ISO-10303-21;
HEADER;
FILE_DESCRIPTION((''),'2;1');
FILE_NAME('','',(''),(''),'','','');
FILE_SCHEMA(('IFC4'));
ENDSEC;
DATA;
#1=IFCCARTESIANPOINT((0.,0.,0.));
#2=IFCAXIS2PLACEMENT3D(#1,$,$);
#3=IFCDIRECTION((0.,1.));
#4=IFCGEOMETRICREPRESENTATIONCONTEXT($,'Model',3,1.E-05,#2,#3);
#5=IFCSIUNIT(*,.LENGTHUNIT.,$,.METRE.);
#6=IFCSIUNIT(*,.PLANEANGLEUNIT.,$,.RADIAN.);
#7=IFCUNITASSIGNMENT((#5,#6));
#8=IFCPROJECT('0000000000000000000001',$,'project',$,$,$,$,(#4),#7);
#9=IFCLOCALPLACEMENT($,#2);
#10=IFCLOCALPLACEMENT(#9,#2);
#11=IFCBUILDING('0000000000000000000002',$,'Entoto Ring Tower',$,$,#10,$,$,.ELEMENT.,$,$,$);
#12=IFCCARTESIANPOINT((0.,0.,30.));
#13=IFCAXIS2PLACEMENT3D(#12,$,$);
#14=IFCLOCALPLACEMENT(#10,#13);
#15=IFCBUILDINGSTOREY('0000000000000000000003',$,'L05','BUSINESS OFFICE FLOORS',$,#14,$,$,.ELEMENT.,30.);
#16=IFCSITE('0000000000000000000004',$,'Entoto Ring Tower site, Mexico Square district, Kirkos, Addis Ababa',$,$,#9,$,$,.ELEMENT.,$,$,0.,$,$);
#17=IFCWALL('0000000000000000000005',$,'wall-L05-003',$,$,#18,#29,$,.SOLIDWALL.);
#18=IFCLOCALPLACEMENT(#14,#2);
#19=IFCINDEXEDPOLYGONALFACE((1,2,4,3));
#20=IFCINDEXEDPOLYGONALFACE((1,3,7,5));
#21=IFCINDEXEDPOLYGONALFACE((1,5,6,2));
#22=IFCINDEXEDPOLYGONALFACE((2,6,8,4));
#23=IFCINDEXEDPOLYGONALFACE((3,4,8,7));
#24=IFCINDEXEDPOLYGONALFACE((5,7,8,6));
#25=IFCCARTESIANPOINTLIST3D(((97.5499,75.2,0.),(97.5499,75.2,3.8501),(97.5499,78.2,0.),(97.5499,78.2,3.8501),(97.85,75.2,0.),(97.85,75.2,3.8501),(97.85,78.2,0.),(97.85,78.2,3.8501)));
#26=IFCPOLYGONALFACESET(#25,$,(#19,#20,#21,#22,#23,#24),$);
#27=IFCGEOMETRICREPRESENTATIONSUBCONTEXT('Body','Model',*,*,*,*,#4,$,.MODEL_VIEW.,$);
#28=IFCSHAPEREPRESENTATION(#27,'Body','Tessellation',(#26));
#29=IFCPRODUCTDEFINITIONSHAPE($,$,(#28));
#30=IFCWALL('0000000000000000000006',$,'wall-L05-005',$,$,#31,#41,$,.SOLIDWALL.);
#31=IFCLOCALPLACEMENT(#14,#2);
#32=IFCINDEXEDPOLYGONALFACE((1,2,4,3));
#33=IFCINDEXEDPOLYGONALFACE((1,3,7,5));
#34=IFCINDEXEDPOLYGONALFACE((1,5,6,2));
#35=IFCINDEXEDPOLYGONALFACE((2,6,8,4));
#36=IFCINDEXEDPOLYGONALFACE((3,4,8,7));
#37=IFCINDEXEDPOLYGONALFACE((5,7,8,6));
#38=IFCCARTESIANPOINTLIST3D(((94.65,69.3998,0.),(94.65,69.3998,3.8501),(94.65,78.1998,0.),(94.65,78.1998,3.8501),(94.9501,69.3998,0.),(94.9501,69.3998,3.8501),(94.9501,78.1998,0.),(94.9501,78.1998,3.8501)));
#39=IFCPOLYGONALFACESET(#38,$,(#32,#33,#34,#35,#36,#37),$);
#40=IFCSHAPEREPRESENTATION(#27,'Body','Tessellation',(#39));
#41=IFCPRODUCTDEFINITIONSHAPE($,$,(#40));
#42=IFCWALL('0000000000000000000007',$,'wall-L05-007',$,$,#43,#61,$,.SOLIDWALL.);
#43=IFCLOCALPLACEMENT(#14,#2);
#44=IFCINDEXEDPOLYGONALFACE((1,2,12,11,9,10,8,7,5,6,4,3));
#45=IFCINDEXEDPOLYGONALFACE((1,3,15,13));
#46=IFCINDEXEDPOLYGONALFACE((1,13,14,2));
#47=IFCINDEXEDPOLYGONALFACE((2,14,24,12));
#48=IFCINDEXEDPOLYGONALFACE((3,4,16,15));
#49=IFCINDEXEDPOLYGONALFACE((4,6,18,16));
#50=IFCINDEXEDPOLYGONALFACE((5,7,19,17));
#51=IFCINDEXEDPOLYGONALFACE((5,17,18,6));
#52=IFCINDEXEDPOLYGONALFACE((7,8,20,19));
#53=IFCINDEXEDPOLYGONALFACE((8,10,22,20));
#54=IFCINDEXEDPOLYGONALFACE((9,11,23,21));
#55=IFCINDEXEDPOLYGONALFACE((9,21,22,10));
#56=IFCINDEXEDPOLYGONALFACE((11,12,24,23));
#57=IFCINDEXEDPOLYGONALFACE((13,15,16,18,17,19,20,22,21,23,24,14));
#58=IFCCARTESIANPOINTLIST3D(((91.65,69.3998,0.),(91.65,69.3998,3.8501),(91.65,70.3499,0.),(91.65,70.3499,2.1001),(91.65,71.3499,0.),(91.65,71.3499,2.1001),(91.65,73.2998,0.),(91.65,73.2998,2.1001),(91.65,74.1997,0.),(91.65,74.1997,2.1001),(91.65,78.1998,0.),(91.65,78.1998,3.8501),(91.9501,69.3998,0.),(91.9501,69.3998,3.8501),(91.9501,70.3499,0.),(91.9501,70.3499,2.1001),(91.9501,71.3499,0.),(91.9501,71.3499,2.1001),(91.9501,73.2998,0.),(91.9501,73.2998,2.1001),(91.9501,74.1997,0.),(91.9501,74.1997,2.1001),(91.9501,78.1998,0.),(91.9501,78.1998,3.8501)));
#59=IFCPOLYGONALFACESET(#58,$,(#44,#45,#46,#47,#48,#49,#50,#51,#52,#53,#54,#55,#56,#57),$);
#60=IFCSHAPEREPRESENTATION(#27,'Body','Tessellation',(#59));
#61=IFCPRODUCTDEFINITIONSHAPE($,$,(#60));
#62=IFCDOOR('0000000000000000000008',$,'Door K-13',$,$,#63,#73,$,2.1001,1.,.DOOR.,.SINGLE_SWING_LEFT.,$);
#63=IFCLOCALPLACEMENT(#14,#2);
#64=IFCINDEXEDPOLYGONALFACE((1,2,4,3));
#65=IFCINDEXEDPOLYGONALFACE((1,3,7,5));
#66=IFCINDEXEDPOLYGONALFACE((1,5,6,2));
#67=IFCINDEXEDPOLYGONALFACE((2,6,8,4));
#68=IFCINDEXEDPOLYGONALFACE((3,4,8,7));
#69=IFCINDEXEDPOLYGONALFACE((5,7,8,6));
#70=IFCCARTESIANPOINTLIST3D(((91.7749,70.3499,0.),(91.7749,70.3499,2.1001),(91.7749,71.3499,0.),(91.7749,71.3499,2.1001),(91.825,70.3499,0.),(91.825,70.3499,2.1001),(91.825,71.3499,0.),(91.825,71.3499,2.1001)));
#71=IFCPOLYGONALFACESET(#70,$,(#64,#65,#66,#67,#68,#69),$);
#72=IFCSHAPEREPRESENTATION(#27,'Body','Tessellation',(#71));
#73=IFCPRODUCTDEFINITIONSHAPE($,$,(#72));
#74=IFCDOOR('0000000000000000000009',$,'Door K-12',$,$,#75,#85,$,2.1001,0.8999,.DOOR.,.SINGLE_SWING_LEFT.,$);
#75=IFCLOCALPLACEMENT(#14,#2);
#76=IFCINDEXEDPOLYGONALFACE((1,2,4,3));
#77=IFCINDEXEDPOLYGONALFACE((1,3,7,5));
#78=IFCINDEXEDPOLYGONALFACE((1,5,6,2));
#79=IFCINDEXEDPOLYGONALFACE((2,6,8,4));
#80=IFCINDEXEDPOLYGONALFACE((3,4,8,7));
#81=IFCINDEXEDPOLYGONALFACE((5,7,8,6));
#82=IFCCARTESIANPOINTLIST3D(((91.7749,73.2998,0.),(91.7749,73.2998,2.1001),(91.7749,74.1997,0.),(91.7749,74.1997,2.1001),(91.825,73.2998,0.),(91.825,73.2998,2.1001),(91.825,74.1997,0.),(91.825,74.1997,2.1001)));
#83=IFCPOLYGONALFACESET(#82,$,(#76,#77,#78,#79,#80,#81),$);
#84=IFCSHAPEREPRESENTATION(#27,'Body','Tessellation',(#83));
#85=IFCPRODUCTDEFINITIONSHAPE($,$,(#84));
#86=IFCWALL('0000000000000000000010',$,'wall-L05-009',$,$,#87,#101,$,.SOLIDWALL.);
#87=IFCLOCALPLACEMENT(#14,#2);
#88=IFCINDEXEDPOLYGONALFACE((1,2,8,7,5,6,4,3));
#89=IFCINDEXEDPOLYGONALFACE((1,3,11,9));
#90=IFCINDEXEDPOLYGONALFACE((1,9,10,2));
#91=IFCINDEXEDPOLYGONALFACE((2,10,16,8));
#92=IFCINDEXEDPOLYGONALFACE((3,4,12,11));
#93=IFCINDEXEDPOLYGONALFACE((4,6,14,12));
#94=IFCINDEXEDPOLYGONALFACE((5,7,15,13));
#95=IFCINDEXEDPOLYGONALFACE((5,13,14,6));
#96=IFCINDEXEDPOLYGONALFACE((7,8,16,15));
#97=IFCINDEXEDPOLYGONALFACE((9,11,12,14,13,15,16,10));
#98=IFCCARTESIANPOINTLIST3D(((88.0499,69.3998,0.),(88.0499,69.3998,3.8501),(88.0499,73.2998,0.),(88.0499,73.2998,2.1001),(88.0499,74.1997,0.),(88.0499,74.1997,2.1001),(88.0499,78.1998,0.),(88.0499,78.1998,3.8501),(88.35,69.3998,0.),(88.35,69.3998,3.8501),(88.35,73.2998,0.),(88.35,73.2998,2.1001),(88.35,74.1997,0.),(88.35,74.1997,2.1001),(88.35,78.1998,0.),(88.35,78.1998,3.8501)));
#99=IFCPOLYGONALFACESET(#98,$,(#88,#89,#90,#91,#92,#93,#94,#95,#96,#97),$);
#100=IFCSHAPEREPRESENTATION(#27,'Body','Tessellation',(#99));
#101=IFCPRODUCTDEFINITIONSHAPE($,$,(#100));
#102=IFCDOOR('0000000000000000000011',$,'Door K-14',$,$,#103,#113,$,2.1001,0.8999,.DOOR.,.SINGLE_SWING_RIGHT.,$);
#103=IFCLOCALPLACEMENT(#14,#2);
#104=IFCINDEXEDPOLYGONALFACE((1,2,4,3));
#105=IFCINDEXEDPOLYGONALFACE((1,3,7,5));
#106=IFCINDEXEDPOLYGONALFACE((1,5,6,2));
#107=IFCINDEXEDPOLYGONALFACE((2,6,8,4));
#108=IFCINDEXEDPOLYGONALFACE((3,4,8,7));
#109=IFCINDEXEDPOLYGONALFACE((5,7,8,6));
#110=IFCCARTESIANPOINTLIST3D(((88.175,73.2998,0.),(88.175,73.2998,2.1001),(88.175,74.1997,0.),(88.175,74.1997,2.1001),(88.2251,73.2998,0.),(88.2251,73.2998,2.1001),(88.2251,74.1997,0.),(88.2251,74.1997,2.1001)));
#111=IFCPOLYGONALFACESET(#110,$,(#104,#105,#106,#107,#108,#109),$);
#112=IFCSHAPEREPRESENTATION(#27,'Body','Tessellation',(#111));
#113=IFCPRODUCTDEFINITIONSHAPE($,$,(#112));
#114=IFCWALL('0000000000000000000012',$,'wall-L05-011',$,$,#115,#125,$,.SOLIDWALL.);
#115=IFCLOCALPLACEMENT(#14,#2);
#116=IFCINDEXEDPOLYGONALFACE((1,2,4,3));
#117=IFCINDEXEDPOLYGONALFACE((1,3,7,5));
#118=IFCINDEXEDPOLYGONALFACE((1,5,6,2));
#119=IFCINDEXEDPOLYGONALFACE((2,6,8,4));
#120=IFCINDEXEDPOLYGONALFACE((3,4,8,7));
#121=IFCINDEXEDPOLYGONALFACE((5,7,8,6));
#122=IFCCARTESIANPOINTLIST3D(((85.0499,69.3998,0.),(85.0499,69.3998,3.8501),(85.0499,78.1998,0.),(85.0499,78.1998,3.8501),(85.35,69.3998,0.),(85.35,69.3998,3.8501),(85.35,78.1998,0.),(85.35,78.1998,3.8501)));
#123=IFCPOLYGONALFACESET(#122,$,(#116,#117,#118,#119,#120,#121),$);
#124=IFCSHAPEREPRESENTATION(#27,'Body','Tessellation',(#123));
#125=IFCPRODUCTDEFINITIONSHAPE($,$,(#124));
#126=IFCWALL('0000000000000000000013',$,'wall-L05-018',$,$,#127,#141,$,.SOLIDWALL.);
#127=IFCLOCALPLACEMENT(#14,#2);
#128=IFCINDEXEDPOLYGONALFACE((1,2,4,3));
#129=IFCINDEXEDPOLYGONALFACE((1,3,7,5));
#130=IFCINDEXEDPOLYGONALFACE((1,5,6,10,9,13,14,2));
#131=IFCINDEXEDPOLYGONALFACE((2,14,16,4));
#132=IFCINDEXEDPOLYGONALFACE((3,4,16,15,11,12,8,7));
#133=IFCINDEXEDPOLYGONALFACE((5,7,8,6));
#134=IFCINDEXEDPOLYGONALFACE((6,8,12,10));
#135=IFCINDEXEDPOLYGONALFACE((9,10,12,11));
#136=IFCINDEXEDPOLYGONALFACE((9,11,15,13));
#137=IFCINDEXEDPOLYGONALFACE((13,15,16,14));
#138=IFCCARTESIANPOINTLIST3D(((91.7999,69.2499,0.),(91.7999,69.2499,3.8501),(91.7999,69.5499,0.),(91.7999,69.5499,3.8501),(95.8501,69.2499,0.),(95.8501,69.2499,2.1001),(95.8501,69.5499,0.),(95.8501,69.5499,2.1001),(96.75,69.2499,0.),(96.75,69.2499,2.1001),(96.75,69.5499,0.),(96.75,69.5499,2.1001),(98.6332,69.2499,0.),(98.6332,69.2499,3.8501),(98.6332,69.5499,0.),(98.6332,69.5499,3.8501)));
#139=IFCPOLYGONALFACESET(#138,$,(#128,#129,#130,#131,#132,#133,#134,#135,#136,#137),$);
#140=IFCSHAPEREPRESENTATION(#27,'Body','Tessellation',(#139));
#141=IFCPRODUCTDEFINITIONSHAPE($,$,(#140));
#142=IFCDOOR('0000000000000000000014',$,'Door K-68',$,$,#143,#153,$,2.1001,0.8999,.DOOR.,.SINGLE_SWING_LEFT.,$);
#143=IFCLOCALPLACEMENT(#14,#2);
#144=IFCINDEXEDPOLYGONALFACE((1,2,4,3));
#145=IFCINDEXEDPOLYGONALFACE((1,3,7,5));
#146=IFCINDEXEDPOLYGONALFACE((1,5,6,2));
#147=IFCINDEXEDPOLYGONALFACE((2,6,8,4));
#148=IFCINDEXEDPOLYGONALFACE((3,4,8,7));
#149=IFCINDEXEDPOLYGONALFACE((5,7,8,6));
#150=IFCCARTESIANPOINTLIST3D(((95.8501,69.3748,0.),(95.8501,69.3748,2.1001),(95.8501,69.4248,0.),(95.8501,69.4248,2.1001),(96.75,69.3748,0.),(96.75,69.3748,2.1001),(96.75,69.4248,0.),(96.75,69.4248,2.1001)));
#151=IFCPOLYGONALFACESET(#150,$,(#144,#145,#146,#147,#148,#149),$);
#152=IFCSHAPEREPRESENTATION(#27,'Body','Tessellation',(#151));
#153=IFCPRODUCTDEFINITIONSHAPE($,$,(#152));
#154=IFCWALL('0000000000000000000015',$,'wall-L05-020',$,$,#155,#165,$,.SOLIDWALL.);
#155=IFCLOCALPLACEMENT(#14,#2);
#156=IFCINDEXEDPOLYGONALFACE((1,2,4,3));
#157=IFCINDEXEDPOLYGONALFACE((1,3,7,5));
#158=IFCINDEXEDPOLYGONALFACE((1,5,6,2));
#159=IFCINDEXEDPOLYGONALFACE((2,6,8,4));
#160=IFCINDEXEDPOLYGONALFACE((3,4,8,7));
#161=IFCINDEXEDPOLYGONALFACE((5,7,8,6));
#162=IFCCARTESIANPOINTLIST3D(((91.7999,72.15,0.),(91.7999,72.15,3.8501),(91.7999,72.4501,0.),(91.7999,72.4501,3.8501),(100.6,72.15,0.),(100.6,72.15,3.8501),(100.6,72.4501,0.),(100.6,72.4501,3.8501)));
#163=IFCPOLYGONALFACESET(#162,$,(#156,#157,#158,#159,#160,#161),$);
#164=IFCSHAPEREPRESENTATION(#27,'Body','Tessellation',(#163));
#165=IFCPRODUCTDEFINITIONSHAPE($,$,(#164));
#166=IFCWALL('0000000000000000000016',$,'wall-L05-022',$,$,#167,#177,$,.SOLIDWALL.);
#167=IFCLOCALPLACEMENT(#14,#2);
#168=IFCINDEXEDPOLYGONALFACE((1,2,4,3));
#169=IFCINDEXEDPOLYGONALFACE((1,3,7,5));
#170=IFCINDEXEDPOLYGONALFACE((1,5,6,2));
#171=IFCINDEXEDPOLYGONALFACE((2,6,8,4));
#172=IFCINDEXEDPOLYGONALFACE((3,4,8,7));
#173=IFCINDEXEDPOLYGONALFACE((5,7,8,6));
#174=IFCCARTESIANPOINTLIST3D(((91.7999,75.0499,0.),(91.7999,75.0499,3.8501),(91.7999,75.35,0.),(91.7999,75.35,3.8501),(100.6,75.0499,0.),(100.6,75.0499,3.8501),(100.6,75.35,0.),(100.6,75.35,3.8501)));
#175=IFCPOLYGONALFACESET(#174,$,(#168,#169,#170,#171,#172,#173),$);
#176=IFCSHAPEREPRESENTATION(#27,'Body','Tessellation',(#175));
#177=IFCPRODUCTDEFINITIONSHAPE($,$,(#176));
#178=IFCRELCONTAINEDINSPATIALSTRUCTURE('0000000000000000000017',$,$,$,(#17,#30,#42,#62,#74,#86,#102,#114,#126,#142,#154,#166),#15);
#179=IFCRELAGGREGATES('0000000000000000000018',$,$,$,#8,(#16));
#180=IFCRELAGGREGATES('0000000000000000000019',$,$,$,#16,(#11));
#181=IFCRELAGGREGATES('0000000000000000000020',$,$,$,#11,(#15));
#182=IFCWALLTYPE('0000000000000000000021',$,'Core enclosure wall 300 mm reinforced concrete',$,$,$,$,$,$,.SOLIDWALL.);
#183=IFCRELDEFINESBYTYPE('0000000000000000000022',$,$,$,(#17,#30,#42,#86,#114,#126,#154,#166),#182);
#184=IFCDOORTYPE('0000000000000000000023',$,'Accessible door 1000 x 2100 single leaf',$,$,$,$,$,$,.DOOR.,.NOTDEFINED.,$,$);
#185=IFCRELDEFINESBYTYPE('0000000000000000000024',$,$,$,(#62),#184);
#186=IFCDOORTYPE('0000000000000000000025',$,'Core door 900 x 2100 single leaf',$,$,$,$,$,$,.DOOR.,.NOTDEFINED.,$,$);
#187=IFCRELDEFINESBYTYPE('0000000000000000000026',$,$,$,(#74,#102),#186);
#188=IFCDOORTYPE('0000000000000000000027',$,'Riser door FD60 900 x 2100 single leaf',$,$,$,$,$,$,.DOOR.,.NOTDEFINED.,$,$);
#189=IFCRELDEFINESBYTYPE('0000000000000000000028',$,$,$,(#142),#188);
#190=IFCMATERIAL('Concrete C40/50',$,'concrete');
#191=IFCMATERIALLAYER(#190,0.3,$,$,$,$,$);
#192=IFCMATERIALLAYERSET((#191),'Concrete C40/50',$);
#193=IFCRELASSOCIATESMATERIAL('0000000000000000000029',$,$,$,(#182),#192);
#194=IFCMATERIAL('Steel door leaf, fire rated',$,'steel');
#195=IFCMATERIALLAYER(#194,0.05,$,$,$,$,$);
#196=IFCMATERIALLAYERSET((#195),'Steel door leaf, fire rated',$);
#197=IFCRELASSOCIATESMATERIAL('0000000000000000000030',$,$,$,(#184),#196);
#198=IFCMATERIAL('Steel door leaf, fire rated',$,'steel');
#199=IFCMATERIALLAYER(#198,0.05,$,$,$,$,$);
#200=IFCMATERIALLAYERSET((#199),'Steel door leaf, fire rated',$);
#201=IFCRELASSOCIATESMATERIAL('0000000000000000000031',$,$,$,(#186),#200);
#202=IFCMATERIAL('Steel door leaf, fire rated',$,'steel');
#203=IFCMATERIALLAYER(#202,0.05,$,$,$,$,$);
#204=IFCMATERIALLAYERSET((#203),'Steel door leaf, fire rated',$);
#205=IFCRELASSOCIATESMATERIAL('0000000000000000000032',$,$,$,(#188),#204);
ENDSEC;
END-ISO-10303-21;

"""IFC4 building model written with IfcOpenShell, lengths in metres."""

from ifc_helpers import new_model, si_unit, direction, frame, frame_2d, origin, place, context, subcontext, project, spatial, rectangle, extrude, material, layer, layer_set, type_object, element, fill, save


model = new_model("IFC4")

# Units and contexts
model_context = context("Model", 3, precision=1e-05, world=origin(), true_north=direction((0.0, 1.0)))
body_context = subcontext(model_context, "Body", "Model", "MODEL_VIEW")
ifc_project = project(units=[si_unit("LENGTHUNIT", "METRE"), si_unit("PLANEANGLEUNIT", "RADIAN")], contexts=[model_context])

# Site, building, storey
site_placement = place(None, origin())
site = spatial("IfcSite", under=ifc_project, at=site_placement, Name="Entoto Ring Tower site, Mexico Square district, Kirkos, Addis Ababa", CompositionType="ELEMENT", RefElevation=0.0)
building_placement = place(site_placement, origin())
building = spatial("IfcBuilding", under=site, at=building_placement, Name="Entoto Ring Tower", CompositionType="ELEMENT")
storey_placement = place(building_placement, frame((0.0, 0.0, 30.0)))
storey = spatial("IfcBuildingStorey", under=building, at=storey_placement, Name="L05", Description="BUSINESS OFFICE FLOORS", CompositionType="ELEMENT", Elevation=30.0)

# Walls
ifc_material_1 = material(Name="Concrete C40/50", Category="concrete")
ifc_layer_1 = layer(ifc_material_1, 0.3)
ifc_layer_set_1 = layer_set([ifc_layer_1], Name="Concrete C40/50")
wall_type_1 = type_object("IfcWallType", Name="Core enclosure wall 300 mm reinforced concrete", PredefinedType="SOLIDWALL", material=ifc_layer_set_1)
wall_1_placement = place(storey_placement, frame((97.7, 75.2, 0.0), z_axis=(0.0, 0.0, 1.0), x_axis=(0.0, 1.0, 0.0)))
element("IfcWall", 1, at=wall_1_placement, inside=storey, type_object=wall_type_1, Name="wall-L05-003", PredefinedType="SOLIDWALL", context=body_context, shape_type="SweptSolid", body=[
    extrude(rectangle(XDim=3.0, YDim=0.3, at=frame_2d((1.5, 0.0))), origin(), (0.0, 0.0, 1.0), 3.8501),
])
wall_2_placement = place(storey_placement, frame((94.8, 69.3999, 0.0), z_axis=(0.0, 0.0, 1.0), x_axis=(0.0, 1.0, 0.0)))
element("IfcWall", 2, at=wall_2_placement, inside=storey, type_object=wall_type_1, Name="wall-L05-005", PredefinedType="SOLIDWALL", context=body_context, shape_type="SweptSolid", body=[
    extrude(rectangle(XDim=8.8, YDim=0.3, at=frame_2d((4.3999, 0.0))), origin(), (0.0, 0.0, 1.0), 3.8501),
])

# Wall, openings, doors
wall_3_placement = place(storey_placement, frame((91.8, 69.3999, 0.0), z_axis=(0.0, 0.0, 1.0), x_axis=(0.0, 1.0, 0.0)))
wall_3 = element("IfcWall", 3, at=wall_3_placement, inside=storey, type_object=wall_type_1, Name="wall-L05-007", PredefinedType="SOLIDWALL", context=body_context, shape_type="SweptSolid", body=[
    extrude(rectangle(XDim=8.8, YDim=0.3, at=frame_2d((4.3999, 0.0))), origin(), (0.0, 0.0, 1.0), 3.8501),
])
opening_1_placement = place(wall_3_placement, frame((3.8999, 0.0, 0.0)))
opening_1 = element("IfcOpeningElement", 4, at=opening_1_placement, cuts=wall_3, PredefinedType="OPENING", context=body_context, shape_type="SweptSolid", body=[
    extrude(rectangle(XDim=0.8999, YDim=2.1001, at=frame_2d((0.45, 1.05))), frame((0.0, 0.1602, 0.0), z_axis=(0.0, -1.0, 0.0), x_axis=(1.0, 0.0, 0.0)), (0.0, 0.0, 1.0), 0.3201),
])
opening_2_placement = place(wall_3_placement, frame((0.95, 0.0, 0.0)))
opening_2 = element("IfcOpeningElement", 5, at=opening_2_placement, cuts=wall_3, PredefinedType="OPENING", context=body_context, shape_type="SweptSolid", body=[
    extrude(rectangle(XDim=1.0, YDim=2.1001, at=frame_2d((0.5, 1.05))), frame((0.0, 0.1602, 0.0), z_axis=(0.0, -1.0, 0.0), x_axis=(1.0, 0.0, 0.0)), (0.0, 0.0, 1.0), 0.3201),
])
ifc_material_2 = material(Name="Steel door leaf, fire rated", Category="steel")
ifc_layer_2 = layer(ifc_material_2, 0.05)
ifc_layer_set_2 = layer_set([ifc_layer_2], Name="Steel door leaf, fire rated")
door_type_1 = type_object("IfcDoorType", Name="Accessible door 1000 x 2100 single leaf", OperationType="NOTDEFINED", PredefinedType="DOOR", material=ifc_layer_set_2)
door_1_placement = place(opening_2_placement, frame((1.0, 0.0, 0.0), z_axis=(0.0, 0.0, 1.0), x_axis=(-1.0, 0.0, 0.0)))
door_1 = element("IfcDoor", 6, at=door_1_placement, inside=storey, type_object=door_type_1, Name="Door K-13", OperationType="SINGLE_SWING_LEFT", OverallHeight=2.1001, OverallWidth=1.0, PredefinedType="DOOR", context=body_context, shape_type="SweptSolid", body=[
    extrude(rectangle(XDim=1.0, YDim=2.1001, at=frame_2d((0.5, 1.05))), frame((0.0, 0.0249, 0.0), z_axis=(0.0, -1.0, 0.0), x_axis=(1.0, 0.0, 0.0)), (0.0, 0.0, 1.0), 0.05),
])
fill(opening_2, door_1)
ifc_material_3 = material(Name="Steel door leaf, fire rated", Category="steel")
ifc_layer_3 = layer(ifc_material_3, 0.05)
ifc_layer_set_3 = layer_set([ifc_layer_3], Name="Steel door leaf, fire rated")
door_type_2 = type_object("IfcDoorType", Name="Core door 900 x 2100 single leaf", OperationType="NOTDEFINED", PredefinedType="DOOR", material=ifc_layer_set_3)
door_2_placement = place(opening_1_placement, frame((0.8999, 0.0, 0.0), z_axis=(0.0, 0.0, 1.0), x_axis=(-1.0, 0.0, 0.0)))
door_2 = element("IfcDoor", 7, at=door_2_placement, inside=storey, type_object=door_type_2, Name="Door K-12", OperationType="SINGLE_SWING_LEFT", OverallHeight=2.1001, OverallWidth=0.8999, PredefinedType="DOOR", context=body_context, shape_type="SweptSolid", body=[
    extrude(rectangle(XDim=0.8999, YDim=2.1001, at=frame_2d((0.45, 1.05))), frame((0.0, 0.0249, 0.0), z_axis=(0.0, -1.0, 0.0), x_axis=(1.0, 0.0, 0.0)), (0.0, 0.0, 1.0), 0.05),
])
fill(opening_1, door_2)

# Wall, opening, door
wall_4_placement = place(storey_placement, frame((88.2, 69.3999, 0.0), z_axis=(0.0, 0.0, 1.0), x_axis=(0.0, 1.0, 0.0)))
wall_4 = element("IfcWall", 8, at=wall_4_placement, inside=storey, type_object=wall_type_1, Name="wall-L05-009", PredefinedType="SOLIDWALL", context=body_context, shape_type="SweptSolid", body=[
    extrude(rectangle(XDim=8.8, YDim=0.3, at=frame_2d((4.3999, 0.0))), origin(), (0.0, 0.0, 1.0), 3.8501),
])
opening_3_placement = place(wall_4_placement, frame((3.8999, 0.0, 0.0)))
opening_3 = element("IfcOpeningElement", 9, at=opening_3_placement, cuts=wall_4, PredefinedType="OPENING", context=body_context, shape_type="SweptSolid", body=[
    extrude(rectangle(XDim=0.8999, YDim=2.1001, at=frame_2d((0.45, 1.05))), frame((0.0, 0.1602, 0.0), z_axis=(0.0, -1.0, 0.0), x_axis=(1.0, 0.0, 0.0)), (0.0, 0.0, 1.0), 0.3201),
])
door_3_placement = place(opening_3_placement, origin())
door_3 = element("IfcDoor", 10, at=door_3_placement, inside=storey, type_object=door_type_2, Name="Door K-14", OperationType="SINGLE_SWING_RIGHT", OverallHeight=2.1001, OverallWidth=0.8999, PredefinedType="DOOR", context=body_context, shape_type="SweptSolid", body=[
    extrude(rectangle(XDim=0.8999, YDim=2.1001, at=frame_2d((0.45, 1.05))), frame((0.0, 0.0249, 0.0), z_axis=(0.0, -1.0, 0.0), x_axis=(1.0, 0.0, 0.0)), (0.0, 0.0, 1.0), 0.05),
])
fill(opening_3, door_3)

# Wall
wall_5_placement = place(storey_placement, frame((85.2, 69.3999, 0.0), z_axis=(0.0, 0.0, 1.0), x_axis=(0.0, 1.0, 0.0)))
element("IfcWall", 11, at=wall_5_placement, inside=storey, type_object=wall_type_1, Name="wall-L05-011", PredefinedType="SOLIDWALL", context=body_context, shape_type="SweptSolid", body=[
    extrude(rectangle(XDim=8.8, YDim=0.3, at=frame_2d((4.3999, 0.0))), origin(), (0.0, 0.0, 1.0), 3.8501),
])

# Wall, opening, door
wall_6_placement = place(storey_placement, frame((91.8, 69.3999, 0.0), z_axis=(0.0, 0.0, 1.0), x_axis=(1.0, 0.0, 0.0)))
wall_6 = element("IfcWall", 12, at=wall_6_placement, inside=storey, type_object=wall_type_1, Name="wall-L05-018", PredefinedType="SOLIDWALL", context=body_context, shape_type="SweptSolid", body=[
    extrude(rectangle(XDim=6.8333, YDim=0.3, at=frame_2d((3.4165, 0.0))), origin(), (0.0, 0.0, 1.0), 3.8501),
])
opening_4_placement = place(wall_6_placement, frame((4.05, 0.0, 0.0)))
opening_4 = element("IfcOpeningElement", 13, at=opening_4_placement, cuts=wall_6, PredefinedType="OPENING", context=body_context, shape_type="SweptSolid", body=[
    extrude(rectangle(XDim=0.8999, YDim=2.1001, at=frame_2d((0.45, 1.05))), frame((0.0, 0.1602, 0.0), z_axis=(0.0, -1.0, 0.0), x_axis=(1.0, 0.0, 0.0)), (0.0, 0.0, 1.0), 0.3201),
])
ifc_material_4 = material(Name="Steel door leaf, fire rated", Category="steel")
ifc_layer_4 = layer(ifc_material_4, 0.05)
ifc_layer_set_4 = layer_set([ifc_layer_4], Name="Steel door leaf, fire rated")
door_type_3 = type_object("IfcDoorType", Name="Riser door FD60 900 x 2100 single leaf", OperationType="NOTDEFINED", PredefinedType="DOOR", material=ifc_layer_set_4)
door_4_placement = place(opening_4_placement, origin())
door_4 = element("IfcDoor", 14, at=door_4_placement, inside=storey, type_object=door_type_3, Name="Door K-68", OperationType="SINGLE_SWING_LEFT", OverallHeight=2.1001, OverallWidth=0.8999, PredefinedType="DOOR", context=body_context, shape_type="SweptSolid", body=[
    extrude(rectangle(XDim=0.8999, YDim=2.1001, at=frame_2d((0.45, 1.05))), frame((0.0, 0.0249, 0.0), z_axis=(0.0, -1.0, 0.0), x_axis=(1.0, 0.0, 0.0)), (0.0, 0.0, 1.0), 0.05),
])
fill(opening_4, door_4)

# Walls
for number, where, z_axis, x_axis, name in (
    (15, (91.8, 72.3, 0.0), (0.0, 0.0, 1.0), (1.0, 0.0, 0.0), "wall-L05-020"),
    (16, (91.8, 75.2, 0.0), (0.0, 0.0, 1.0), (1.0, 0.0, 0.0), "wall-L05-022"),
):
    element("IfcWall", number, at=place(storey_placement, frame(where, z_axis=z_axis, x_axis=x_axis)), inside=storey, type_object=wall_type_1, Name=name, PredefinedType="SOLIDWALL", context=body_context, shape_type="SweptSolid", body=[
        extrude(rectangle(XDim=8.8, YDim=0.3, at=frame_2d((4.3999, 0.0))), origin(), (0.0, 0.0, 1.0), 3.8501),
    ])

save(model, "model.ifc")
